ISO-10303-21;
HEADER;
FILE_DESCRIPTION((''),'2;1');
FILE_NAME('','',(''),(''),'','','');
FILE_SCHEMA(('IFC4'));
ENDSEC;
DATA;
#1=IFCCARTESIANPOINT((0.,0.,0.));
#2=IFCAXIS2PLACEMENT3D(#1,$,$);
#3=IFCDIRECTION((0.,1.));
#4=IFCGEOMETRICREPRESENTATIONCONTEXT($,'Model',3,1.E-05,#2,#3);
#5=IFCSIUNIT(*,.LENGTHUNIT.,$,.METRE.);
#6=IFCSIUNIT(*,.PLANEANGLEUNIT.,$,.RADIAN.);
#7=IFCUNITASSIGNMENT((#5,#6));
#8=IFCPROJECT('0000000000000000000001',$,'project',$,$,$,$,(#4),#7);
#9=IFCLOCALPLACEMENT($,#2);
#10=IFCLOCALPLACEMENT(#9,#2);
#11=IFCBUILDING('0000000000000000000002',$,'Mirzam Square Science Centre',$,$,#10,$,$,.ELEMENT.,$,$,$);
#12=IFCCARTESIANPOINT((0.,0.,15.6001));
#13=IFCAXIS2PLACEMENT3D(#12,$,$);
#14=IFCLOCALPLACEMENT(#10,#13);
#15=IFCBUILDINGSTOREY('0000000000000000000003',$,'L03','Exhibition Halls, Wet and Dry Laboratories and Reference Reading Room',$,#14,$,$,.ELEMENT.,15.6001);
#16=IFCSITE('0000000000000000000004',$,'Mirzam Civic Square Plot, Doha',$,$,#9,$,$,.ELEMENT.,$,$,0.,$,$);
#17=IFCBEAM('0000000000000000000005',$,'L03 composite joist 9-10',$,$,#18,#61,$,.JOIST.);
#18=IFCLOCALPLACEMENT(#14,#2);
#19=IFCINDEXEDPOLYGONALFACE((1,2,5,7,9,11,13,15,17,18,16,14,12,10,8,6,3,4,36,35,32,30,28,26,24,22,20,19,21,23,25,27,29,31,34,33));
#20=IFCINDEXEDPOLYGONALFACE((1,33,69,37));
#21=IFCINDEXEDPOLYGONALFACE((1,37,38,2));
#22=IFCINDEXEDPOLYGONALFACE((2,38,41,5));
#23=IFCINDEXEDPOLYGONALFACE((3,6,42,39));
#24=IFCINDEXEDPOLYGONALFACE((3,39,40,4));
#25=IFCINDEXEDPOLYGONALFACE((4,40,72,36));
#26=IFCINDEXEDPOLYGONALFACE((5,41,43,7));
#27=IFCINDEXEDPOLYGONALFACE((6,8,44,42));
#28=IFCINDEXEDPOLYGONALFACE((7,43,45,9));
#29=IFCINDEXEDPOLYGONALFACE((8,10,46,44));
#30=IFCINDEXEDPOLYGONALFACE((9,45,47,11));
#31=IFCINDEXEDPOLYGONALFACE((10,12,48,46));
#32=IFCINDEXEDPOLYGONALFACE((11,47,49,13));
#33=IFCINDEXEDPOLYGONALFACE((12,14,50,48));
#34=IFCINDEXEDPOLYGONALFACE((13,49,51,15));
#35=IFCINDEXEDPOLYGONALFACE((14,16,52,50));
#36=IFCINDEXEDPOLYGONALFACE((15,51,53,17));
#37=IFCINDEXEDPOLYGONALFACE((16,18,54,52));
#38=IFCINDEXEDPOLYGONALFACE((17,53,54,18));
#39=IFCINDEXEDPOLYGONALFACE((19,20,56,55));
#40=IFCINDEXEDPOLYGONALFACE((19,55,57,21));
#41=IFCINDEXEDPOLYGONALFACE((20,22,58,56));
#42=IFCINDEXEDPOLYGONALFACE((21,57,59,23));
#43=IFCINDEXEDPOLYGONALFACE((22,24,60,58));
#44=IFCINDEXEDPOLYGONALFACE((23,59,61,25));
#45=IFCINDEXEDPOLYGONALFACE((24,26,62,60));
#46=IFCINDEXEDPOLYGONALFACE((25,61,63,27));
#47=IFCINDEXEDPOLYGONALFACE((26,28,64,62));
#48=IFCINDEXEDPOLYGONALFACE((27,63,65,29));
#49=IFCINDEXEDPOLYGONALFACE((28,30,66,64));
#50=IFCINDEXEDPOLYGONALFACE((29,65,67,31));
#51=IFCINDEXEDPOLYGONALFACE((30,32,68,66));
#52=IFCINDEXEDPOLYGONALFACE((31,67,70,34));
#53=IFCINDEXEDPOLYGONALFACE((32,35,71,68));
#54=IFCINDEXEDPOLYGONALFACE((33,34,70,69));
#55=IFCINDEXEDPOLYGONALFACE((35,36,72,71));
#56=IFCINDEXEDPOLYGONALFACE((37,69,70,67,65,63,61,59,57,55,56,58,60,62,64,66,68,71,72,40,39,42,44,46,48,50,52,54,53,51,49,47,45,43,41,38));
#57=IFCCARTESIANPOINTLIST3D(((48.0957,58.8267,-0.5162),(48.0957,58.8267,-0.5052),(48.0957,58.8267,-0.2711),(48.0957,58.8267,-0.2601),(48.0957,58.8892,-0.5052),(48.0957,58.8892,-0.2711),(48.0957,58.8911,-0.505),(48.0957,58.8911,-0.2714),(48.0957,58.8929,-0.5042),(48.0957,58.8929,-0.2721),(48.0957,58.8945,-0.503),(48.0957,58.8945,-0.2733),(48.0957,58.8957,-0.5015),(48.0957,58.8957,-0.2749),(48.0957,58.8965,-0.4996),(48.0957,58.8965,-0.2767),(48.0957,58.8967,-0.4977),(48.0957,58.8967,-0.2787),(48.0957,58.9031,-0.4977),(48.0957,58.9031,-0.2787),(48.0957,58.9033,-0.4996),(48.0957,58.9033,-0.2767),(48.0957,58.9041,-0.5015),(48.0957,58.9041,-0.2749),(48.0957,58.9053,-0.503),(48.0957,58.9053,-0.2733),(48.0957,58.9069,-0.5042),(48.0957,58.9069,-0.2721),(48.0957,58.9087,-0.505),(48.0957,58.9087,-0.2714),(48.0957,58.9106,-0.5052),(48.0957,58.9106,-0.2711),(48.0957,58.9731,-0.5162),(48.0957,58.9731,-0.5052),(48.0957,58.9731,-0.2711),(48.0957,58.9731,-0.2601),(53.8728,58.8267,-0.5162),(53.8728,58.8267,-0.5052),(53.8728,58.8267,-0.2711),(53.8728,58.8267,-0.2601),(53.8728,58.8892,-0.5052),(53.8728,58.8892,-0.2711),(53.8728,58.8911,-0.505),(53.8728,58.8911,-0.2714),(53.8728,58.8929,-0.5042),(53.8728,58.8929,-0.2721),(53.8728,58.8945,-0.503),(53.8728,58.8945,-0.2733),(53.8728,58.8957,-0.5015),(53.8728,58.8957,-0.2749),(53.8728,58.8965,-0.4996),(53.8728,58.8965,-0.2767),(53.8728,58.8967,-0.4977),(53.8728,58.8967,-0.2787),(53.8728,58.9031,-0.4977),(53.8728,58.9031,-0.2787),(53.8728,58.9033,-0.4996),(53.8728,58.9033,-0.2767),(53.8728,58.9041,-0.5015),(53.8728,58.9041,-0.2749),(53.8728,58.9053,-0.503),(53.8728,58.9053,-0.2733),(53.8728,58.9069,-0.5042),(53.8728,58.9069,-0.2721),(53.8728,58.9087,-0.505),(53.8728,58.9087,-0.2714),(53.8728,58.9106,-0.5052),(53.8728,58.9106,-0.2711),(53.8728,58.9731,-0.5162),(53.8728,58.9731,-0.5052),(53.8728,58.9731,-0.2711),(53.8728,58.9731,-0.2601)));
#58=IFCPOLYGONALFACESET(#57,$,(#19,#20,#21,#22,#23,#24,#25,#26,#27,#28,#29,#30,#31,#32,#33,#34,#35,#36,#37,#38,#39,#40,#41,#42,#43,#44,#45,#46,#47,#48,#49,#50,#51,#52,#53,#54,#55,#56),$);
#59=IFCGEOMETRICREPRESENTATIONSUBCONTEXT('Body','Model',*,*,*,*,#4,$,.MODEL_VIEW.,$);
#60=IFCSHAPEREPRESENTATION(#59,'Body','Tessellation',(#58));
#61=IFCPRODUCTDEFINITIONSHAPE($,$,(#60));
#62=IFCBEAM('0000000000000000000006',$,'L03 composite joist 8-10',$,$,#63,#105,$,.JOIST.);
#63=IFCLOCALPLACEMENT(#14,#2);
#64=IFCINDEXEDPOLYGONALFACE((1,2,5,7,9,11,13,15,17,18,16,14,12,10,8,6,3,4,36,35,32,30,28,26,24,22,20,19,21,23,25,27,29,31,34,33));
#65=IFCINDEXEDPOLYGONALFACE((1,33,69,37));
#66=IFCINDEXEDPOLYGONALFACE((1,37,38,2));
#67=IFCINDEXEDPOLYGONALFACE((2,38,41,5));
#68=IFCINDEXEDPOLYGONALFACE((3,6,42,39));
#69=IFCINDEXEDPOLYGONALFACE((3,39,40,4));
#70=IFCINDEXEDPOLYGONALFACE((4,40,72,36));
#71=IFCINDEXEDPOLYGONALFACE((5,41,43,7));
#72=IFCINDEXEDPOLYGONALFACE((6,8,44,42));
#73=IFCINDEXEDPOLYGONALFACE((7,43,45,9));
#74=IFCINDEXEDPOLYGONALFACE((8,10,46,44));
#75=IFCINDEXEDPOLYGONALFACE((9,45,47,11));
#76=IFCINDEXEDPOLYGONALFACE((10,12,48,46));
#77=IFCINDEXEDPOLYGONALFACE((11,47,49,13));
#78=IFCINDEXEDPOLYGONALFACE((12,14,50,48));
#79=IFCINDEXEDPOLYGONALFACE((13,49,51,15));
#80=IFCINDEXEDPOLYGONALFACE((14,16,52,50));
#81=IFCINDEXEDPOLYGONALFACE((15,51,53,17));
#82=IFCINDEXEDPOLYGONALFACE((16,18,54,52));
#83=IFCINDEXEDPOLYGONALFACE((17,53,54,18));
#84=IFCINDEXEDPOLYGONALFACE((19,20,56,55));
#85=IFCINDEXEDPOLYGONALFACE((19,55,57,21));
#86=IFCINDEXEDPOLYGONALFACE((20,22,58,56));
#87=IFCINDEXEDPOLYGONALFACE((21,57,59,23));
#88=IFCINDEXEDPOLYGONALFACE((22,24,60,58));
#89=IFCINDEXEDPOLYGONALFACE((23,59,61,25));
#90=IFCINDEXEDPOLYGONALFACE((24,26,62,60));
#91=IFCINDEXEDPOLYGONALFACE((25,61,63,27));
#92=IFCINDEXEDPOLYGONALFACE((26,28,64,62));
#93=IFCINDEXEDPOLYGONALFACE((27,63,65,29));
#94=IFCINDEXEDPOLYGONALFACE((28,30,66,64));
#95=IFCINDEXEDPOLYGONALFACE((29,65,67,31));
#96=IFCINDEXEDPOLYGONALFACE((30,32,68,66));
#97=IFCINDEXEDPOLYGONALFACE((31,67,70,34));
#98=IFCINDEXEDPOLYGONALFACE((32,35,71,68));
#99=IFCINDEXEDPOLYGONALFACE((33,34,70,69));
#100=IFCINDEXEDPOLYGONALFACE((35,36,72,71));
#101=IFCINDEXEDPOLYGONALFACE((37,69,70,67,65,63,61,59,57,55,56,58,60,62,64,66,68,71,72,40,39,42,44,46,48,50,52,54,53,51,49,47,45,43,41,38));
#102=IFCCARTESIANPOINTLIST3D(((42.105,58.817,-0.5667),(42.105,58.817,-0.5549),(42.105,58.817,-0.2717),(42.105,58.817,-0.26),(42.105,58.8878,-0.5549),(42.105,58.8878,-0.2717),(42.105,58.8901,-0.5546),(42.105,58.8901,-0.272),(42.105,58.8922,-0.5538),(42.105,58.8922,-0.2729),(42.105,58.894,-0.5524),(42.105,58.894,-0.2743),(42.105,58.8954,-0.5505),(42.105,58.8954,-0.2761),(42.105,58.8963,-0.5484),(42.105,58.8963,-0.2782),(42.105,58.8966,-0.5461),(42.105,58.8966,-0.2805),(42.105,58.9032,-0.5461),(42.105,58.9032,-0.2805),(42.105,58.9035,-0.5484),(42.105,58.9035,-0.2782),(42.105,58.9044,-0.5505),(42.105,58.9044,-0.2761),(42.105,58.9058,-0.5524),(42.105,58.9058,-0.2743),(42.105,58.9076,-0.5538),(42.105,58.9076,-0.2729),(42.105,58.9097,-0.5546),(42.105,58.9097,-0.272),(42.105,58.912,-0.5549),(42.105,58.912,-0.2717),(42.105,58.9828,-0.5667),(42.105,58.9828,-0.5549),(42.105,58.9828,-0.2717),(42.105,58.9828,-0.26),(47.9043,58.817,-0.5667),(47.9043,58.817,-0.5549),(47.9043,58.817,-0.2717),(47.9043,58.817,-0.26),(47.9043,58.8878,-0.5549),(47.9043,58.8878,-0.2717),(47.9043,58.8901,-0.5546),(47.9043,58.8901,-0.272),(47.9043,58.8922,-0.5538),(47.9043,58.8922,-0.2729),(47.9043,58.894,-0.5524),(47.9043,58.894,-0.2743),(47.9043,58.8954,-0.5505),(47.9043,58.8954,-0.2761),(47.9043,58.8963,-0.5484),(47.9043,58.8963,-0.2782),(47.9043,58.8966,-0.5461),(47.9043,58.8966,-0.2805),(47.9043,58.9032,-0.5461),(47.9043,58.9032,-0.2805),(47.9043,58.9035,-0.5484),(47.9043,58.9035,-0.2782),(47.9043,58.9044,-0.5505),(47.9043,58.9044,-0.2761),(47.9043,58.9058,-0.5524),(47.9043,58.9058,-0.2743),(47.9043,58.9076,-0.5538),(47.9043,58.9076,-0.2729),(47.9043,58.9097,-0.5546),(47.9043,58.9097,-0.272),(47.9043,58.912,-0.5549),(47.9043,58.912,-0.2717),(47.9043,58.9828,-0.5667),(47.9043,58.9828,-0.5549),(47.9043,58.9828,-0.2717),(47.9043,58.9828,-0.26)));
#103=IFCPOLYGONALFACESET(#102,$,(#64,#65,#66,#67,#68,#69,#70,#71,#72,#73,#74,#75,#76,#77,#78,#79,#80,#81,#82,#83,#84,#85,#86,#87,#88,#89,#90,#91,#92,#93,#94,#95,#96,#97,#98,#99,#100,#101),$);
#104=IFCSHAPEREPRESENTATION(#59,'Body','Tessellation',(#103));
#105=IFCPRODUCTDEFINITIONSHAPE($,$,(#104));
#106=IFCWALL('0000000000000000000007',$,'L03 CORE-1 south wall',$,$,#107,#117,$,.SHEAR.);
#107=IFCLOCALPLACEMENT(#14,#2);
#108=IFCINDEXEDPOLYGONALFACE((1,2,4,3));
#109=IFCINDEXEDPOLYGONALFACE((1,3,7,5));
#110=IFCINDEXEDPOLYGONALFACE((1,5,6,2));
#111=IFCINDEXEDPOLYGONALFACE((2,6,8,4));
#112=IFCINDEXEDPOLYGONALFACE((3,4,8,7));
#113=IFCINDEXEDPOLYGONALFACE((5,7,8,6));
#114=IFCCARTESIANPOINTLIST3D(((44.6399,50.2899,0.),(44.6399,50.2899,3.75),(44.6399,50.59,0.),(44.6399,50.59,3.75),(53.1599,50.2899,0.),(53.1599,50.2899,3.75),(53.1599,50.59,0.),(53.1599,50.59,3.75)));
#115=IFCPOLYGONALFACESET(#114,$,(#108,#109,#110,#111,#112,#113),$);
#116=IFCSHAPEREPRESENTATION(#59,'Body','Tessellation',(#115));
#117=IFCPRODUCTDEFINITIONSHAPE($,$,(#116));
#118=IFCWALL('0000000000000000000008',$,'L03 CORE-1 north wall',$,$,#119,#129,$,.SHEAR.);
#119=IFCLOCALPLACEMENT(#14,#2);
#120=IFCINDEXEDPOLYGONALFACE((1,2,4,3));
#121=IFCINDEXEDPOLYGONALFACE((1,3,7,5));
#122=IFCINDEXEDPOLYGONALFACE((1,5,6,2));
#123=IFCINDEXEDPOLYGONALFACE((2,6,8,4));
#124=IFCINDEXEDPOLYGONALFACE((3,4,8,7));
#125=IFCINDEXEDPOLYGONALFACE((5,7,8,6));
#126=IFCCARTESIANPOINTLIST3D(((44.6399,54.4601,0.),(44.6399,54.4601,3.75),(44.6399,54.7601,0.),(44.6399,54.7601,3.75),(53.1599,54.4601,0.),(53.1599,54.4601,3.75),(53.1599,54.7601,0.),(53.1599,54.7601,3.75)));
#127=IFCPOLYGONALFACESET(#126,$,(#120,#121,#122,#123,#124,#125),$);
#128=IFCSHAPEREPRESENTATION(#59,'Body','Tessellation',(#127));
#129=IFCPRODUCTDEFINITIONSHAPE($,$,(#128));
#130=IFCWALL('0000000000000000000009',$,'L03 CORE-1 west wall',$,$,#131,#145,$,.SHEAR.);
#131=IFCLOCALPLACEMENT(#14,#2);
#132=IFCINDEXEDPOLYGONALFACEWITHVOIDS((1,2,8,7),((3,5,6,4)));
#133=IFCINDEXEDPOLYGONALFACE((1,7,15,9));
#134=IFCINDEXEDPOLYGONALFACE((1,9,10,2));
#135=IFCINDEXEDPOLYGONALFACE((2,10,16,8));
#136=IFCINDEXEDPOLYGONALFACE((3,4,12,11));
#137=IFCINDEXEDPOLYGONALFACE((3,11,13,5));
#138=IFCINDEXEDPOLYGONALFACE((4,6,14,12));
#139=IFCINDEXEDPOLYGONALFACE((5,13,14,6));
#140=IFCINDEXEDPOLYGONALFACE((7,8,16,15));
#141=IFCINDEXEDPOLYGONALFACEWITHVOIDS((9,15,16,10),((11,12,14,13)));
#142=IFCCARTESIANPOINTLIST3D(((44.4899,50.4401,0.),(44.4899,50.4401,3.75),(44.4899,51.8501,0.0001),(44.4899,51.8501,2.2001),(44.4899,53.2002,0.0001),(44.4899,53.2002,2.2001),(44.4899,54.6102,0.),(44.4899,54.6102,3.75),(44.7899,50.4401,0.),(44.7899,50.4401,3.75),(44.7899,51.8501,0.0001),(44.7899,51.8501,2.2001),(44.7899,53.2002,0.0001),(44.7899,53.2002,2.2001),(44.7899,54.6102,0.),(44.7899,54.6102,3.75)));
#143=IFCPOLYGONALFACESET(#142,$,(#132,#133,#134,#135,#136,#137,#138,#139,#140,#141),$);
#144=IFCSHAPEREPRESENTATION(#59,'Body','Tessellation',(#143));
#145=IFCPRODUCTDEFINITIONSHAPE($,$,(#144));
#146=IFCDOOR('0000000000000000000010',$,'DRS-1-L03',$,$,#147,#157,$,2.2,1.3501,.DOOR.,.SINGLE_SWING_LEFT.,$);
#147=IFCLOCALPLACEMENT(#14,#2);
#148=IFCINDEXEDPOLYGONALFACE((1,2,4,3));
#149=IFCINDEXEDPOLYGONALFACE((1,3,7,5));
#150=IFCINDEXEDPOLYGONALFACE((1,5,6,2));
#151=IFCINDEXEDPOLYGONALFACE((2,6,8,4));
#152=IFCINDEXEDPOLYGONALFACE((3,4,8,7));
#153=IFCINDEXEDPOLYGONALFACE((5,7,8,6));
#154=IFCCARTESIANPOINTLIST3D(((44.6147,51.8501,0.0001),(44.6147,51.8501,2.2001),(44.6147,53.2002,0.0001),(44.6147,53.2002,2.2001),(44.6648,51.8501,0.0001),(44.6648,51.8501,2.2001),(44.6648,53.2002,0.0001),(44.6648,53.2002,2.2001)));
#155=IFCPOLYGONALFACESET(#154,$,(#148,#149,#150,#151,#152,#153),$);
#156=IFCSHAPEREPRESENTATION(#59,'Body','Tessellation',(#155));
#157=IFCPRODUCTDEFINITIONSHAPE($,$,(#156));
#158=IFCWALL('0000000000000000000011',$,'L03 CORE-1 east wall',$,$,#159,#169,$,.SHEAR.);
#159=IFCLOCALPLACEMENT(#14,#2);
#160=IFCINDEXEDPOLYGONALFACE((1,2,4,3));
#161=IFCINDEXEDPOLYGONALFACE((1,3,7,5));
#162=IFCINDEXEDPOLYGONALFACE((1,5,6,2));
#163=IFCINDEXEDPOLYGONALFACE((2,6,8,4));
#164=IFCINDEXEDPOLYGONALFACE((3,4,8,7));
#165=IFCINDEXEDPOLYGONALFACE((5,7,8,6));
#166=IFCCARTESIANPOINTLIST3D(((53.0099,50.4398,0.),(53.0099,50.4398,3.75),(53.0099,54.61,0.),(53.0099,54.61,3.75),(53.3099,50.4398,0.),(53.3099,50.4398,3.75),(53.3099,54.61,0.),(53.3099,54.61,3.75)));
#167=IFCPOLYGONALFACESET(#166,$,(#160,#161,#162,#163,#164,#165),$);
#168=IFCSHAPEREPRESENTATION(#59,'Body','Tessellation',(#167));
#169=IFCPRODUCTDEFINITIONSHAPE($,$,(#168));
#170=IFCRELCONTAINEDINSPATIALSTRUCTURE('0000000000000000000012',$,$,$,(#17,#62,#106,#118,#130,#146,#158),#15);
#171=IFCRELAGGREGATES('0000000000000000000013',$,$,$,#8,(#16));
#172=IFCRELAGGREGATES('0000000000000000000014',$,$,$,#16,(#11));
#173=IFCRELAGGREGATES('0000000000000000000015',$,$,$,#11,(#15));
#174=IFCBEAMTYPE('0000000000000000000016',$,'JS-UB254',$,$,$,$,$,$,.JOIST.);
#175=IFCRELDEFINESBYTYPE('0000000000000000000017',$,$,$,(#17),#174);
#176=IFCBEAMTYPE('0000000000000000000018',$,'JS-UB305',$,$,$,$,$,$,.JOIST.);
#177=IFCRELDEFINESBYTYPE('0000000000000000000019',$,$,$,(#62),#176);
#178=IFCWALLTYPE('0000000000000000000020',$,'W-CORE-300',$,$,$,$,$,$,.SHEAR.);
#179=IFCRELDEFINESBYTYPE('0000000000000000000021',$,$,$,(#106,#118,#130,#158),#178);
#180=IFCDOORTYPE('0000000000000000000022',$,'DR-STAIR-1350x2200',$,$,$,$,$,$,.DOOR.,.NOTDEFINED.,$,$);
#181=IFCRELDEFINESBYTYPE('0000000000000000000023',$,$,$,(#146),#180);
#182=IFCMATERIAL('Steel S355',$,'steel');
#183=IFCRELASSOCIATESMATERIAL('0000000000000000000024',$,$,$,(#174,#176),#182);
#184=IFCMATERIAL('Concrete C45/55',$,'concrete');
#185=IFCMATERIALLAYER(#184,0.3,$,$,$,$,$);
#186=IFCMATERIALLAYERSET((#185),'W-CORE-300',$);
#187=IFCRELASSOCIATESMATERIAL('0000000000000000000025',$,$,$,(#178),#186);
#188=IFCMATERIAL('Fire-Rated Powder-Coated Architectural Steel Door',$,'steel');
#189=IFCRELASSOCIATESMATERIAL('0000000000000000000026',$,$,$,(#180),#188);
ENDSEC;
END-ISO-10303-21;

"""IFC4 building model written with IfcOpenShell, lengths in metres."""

from ifc_helpers import new_model, si_unit, direction, frame, frame_2d, origin, origin_2d, place, context, subcontext, project, spatial, rectangle, i_section, extrude, material, layer, layer_set, material_profile, profile_set, type_object, element, fill, save


model = new_model("IFC4")

# Units and contexts
model_context = context("Model", 3, precision=1e-05, world=origin(), true_north=direction((0.0, 1.0)))
body_context = subcontext(model_context, "Body", "Model", "MODEL_VIEW")
ifc_project = project(units=[si_unit("LENGTHUNIT", "METRE"), si_unit("PLANEANGLEUNIT", "RADIAN")], contexts=[model_context])

# Site, building, storey
site_placement = place(None, origin())
site = spatial("IfcSite", under=ifc_project, at=site_placement, Name="Mirzam Civic Square Plot, Doha", CompositionType="ELEMENT", RefElevation=0.0)
building_placement = place(site_placement, origin())
building = spatial("IfcBuilding", under=site, at=building_placement, Name="Mirzam Square Science Centre", CompositionType="ELEMENT")
storey_placement = place(building_placement, frame((0.0, 0.0, 15.6001)))
storey = spatial("IfcBuildingStorey", under=building, at=storey_placement, Name="L03", Description="Exhibition Halls, Wet and Dry Laboratories and Reference Reading Room", CompositionType="ELEMENT", Elevation=15.6001)

# Shared definitions
ifc_material_1 = material(Name="Steel S355", Category="steel")

# Beams
ifc_material_profile_1 = material_profile(ifc_material_1, i_section(OverallWidth=0.1465, OverallDepth=0.2561, WebThickness=0.0063, FlangeThickness=0.011, FilletRadius=0.0076, at=origin_2d()), Name="254x146x37UB")
ifc_profile_set_1 = profile_set([ifc_material_profile_1], Name="Steel S355")
beam_type_1 = type_object("IfcBeamType", Name="JS-UB254", PredefinedType="JOIST", material=ifc_profile_set_1)
beam_1_placement = place(storey_placement, frame((48.0957, 58.8999, -0.3882), z_axis=(1.0, 0.0, 0.0), x_axis=(0.0, 1.0, 0.0)))
element("IfcBeam", 1, at=beam_1_placement, inside=storey, type_object=beam_type_1, Name="L03 composite joist 9-10", PredefinedType="JOIST", context=body_context, shape_type="SweptSolid", body=[
    extrude(i_section(OverallWidth=0.1465, OverallDepth=0.2561, WebThickness=0.0063, FlangeThickness=0.011, FilletRadius=0.0076, at=origin_2d()), origin(), (0.0, 0.0, 1.0), 5.7771),
])
ifc_material_profile_2 = material_profile(ifc_material_1, i_section(OverallWidth=0.1658, OverallDepth=0.3066, WebThickness=0.0066, FlangeThickness=0.0117, FilletRadius=0.0088, at=origin_2d()), Name="305x165x46UB")
ifc_profile_set_2 = profile_set([ifc_material_profile_2], Name="Steel S355")
beam_type_2 = type_object("IfcBeamType", Name="JS-UB305", PredefinedType="JOIST", material=ifc_profile_set_2)
beam_2_placement = place(storey_placement, frame((42.105, 58.8999, -0.4133), z_axis=(1.0, 0.0, 0.0), x_axis=(0.0, 1.0, 0.0)))
element("IfcBeam", 2, at=beam_2_placement, inside=storey, type_object=beam_type_2, Name="L03 composite joist 8-10", PredefinedType="JOIST", context=body_context, shape_type="SweptSolid", body=[
    extrude(i_section(OverallWidth=0.1658, OverallDepth=0.3066, WebThickness=0.0066, FlangeThickness=0.0117, FilletRadius=0.0088, at=origin_2d()), origin(), (0.0, 0.0, 1.0), 5.7993),
])

# Walls
ifc_material_2 = material(Name="Concrete C45/55", Category="concrete")
ifc_layer_1 = layer(ifc_material_2, 0.3)
ifc_layer_set_1 = layer_set([ifc_layer_1], Name="W-CORE-300")
wall_type_1 = type_object("IfcWallType", Name="W-CORE-300", PredefinedType="SHEAR", material=ifc_layer_set_1)
for number, where, z_axis, x_axis, name in (
    (3, (44.6399, 50.4399, 0.0), (0.0, 0.0, 1.0), (1.0, 0.0, 0.0), "L03 CORE-1 south wall"),
    (4, (53.1599, 54.6101, 0.0), (0.0, 0.0, 1.0), (-1.0, 0.0, 0.0), "L03 CORE-1 north wall"),
):
    element("IfcWall", number, at=place(storey_placement, frame(where, z_axis=z_axis, x_axis=x_axis)), inside=storey, type_object=wall_type_1, Name=name, PredefinedType="SHEAR", context=body_context, shape_type="SweptSolid", body=[
        extrude(rectangle(XDim=8.52, YDim=0.3, at=frame_2d((4.26, 0.0))), origin(), (0.0, 0.0, 1.0), 3.75),
    ])

# Wall, opening, door
wall_1_placement = place(storey_placement, frame((44.6399, 54.6101, 0.0), z_axis=(0.0, 0.0, 1.0), x_axis=(0.0, -1.0, 0.0)))
wall_1 = element("IfcWall", 5, at=wall_1_placement, inside=storey, type_object=wall_type_1, Name="L03 CORE-1 west wall", PredefinedType="SHEAR", context=body_context, shape_type="SweptSolid", body=[
    extrude(rectangle(XDim=4.1702, YDim=0.3, at=frame_2d((2.085, 0.0))), origin(), (0.0, 0.0, 1.0), 3.75),
])
opening_1_placement = place(wall_1_placement, frame((1.4099, 0.0, 0.0)))
opening_1 = element("IfcOpeningElement", 6, at=opening_1_placement, cuts=wall_1, PredefinedType="OPENING", context=body_context, shape_type="SweptSolid", body=[
    extrude(rectangle(XDim=1.3501, YDim=2.2, at=frame_2d((0.675, 1.1001))), frame((0.0, 0.1599, 0.0), z_axis=(0.0, -1.0, 0.0), x_axis=(1.0, 0.0, 0.0)), (0.0, 0.0, 1.0), 0.3201),
])
ifc_material_3 = material(Name="Fire-Rated Powder-Coated Architectural Steel Door", Category="steel")
door_type_1 = type_object("IfcDoorType", Name="DR-STAIR-1350x2200", OperationType="NOTDEFINED", PredefinedType="DOOR", material=ifc_material_3)
door_1_placement = place(opening_1_placement, origin())
door_1 = element("IfcDoor", 7, at=door_1_placement, inside=storey, type_object=door_type_1, Name="DRS-1-L03", OperationType="SINGLE_SWING_LEFT", OverallHeight=2.2, OverallWidth=1.3501, PredefinedType="DOOR", context=body_context, shape_type="SweptSolid", body=[
    extrude(rectangle(XDim=1.3501, YDim=2.2, at=frame_2d((0.675, 1.1001))), frame((0.0, 0.0249, 0.0), z_axis=(0.0, -1.0, 0.0), x_axis=(1.0, 0.0, 0.0)), (0.0, 0.0, 1.0), 0.05),
])
fill(opening_1, door_1)

# Wall
wall_2_placement = place(storey_placement, frame((53.1599, 50.4399, 0.0), z_axis=(0.0, 0.0, 1.0), x_axis=(0.0, 1.0, 0.0)))
element("IfcWall", 8, at=wall_2_placement, inside=storey, type_object=wall_type_1, Name="L03 CORE-1 east wall", PredefinedType="SHEAR", context=body_context, shape_type="SweptSolid", body=[
    extrude(rectangle(XDim=4.1702, YDim=0.3, at=frame_2d((2.085, 0.0))), origin(), (0.0, 0.0, 1.0), 3.75),
])

save(model, "model.ifc")
